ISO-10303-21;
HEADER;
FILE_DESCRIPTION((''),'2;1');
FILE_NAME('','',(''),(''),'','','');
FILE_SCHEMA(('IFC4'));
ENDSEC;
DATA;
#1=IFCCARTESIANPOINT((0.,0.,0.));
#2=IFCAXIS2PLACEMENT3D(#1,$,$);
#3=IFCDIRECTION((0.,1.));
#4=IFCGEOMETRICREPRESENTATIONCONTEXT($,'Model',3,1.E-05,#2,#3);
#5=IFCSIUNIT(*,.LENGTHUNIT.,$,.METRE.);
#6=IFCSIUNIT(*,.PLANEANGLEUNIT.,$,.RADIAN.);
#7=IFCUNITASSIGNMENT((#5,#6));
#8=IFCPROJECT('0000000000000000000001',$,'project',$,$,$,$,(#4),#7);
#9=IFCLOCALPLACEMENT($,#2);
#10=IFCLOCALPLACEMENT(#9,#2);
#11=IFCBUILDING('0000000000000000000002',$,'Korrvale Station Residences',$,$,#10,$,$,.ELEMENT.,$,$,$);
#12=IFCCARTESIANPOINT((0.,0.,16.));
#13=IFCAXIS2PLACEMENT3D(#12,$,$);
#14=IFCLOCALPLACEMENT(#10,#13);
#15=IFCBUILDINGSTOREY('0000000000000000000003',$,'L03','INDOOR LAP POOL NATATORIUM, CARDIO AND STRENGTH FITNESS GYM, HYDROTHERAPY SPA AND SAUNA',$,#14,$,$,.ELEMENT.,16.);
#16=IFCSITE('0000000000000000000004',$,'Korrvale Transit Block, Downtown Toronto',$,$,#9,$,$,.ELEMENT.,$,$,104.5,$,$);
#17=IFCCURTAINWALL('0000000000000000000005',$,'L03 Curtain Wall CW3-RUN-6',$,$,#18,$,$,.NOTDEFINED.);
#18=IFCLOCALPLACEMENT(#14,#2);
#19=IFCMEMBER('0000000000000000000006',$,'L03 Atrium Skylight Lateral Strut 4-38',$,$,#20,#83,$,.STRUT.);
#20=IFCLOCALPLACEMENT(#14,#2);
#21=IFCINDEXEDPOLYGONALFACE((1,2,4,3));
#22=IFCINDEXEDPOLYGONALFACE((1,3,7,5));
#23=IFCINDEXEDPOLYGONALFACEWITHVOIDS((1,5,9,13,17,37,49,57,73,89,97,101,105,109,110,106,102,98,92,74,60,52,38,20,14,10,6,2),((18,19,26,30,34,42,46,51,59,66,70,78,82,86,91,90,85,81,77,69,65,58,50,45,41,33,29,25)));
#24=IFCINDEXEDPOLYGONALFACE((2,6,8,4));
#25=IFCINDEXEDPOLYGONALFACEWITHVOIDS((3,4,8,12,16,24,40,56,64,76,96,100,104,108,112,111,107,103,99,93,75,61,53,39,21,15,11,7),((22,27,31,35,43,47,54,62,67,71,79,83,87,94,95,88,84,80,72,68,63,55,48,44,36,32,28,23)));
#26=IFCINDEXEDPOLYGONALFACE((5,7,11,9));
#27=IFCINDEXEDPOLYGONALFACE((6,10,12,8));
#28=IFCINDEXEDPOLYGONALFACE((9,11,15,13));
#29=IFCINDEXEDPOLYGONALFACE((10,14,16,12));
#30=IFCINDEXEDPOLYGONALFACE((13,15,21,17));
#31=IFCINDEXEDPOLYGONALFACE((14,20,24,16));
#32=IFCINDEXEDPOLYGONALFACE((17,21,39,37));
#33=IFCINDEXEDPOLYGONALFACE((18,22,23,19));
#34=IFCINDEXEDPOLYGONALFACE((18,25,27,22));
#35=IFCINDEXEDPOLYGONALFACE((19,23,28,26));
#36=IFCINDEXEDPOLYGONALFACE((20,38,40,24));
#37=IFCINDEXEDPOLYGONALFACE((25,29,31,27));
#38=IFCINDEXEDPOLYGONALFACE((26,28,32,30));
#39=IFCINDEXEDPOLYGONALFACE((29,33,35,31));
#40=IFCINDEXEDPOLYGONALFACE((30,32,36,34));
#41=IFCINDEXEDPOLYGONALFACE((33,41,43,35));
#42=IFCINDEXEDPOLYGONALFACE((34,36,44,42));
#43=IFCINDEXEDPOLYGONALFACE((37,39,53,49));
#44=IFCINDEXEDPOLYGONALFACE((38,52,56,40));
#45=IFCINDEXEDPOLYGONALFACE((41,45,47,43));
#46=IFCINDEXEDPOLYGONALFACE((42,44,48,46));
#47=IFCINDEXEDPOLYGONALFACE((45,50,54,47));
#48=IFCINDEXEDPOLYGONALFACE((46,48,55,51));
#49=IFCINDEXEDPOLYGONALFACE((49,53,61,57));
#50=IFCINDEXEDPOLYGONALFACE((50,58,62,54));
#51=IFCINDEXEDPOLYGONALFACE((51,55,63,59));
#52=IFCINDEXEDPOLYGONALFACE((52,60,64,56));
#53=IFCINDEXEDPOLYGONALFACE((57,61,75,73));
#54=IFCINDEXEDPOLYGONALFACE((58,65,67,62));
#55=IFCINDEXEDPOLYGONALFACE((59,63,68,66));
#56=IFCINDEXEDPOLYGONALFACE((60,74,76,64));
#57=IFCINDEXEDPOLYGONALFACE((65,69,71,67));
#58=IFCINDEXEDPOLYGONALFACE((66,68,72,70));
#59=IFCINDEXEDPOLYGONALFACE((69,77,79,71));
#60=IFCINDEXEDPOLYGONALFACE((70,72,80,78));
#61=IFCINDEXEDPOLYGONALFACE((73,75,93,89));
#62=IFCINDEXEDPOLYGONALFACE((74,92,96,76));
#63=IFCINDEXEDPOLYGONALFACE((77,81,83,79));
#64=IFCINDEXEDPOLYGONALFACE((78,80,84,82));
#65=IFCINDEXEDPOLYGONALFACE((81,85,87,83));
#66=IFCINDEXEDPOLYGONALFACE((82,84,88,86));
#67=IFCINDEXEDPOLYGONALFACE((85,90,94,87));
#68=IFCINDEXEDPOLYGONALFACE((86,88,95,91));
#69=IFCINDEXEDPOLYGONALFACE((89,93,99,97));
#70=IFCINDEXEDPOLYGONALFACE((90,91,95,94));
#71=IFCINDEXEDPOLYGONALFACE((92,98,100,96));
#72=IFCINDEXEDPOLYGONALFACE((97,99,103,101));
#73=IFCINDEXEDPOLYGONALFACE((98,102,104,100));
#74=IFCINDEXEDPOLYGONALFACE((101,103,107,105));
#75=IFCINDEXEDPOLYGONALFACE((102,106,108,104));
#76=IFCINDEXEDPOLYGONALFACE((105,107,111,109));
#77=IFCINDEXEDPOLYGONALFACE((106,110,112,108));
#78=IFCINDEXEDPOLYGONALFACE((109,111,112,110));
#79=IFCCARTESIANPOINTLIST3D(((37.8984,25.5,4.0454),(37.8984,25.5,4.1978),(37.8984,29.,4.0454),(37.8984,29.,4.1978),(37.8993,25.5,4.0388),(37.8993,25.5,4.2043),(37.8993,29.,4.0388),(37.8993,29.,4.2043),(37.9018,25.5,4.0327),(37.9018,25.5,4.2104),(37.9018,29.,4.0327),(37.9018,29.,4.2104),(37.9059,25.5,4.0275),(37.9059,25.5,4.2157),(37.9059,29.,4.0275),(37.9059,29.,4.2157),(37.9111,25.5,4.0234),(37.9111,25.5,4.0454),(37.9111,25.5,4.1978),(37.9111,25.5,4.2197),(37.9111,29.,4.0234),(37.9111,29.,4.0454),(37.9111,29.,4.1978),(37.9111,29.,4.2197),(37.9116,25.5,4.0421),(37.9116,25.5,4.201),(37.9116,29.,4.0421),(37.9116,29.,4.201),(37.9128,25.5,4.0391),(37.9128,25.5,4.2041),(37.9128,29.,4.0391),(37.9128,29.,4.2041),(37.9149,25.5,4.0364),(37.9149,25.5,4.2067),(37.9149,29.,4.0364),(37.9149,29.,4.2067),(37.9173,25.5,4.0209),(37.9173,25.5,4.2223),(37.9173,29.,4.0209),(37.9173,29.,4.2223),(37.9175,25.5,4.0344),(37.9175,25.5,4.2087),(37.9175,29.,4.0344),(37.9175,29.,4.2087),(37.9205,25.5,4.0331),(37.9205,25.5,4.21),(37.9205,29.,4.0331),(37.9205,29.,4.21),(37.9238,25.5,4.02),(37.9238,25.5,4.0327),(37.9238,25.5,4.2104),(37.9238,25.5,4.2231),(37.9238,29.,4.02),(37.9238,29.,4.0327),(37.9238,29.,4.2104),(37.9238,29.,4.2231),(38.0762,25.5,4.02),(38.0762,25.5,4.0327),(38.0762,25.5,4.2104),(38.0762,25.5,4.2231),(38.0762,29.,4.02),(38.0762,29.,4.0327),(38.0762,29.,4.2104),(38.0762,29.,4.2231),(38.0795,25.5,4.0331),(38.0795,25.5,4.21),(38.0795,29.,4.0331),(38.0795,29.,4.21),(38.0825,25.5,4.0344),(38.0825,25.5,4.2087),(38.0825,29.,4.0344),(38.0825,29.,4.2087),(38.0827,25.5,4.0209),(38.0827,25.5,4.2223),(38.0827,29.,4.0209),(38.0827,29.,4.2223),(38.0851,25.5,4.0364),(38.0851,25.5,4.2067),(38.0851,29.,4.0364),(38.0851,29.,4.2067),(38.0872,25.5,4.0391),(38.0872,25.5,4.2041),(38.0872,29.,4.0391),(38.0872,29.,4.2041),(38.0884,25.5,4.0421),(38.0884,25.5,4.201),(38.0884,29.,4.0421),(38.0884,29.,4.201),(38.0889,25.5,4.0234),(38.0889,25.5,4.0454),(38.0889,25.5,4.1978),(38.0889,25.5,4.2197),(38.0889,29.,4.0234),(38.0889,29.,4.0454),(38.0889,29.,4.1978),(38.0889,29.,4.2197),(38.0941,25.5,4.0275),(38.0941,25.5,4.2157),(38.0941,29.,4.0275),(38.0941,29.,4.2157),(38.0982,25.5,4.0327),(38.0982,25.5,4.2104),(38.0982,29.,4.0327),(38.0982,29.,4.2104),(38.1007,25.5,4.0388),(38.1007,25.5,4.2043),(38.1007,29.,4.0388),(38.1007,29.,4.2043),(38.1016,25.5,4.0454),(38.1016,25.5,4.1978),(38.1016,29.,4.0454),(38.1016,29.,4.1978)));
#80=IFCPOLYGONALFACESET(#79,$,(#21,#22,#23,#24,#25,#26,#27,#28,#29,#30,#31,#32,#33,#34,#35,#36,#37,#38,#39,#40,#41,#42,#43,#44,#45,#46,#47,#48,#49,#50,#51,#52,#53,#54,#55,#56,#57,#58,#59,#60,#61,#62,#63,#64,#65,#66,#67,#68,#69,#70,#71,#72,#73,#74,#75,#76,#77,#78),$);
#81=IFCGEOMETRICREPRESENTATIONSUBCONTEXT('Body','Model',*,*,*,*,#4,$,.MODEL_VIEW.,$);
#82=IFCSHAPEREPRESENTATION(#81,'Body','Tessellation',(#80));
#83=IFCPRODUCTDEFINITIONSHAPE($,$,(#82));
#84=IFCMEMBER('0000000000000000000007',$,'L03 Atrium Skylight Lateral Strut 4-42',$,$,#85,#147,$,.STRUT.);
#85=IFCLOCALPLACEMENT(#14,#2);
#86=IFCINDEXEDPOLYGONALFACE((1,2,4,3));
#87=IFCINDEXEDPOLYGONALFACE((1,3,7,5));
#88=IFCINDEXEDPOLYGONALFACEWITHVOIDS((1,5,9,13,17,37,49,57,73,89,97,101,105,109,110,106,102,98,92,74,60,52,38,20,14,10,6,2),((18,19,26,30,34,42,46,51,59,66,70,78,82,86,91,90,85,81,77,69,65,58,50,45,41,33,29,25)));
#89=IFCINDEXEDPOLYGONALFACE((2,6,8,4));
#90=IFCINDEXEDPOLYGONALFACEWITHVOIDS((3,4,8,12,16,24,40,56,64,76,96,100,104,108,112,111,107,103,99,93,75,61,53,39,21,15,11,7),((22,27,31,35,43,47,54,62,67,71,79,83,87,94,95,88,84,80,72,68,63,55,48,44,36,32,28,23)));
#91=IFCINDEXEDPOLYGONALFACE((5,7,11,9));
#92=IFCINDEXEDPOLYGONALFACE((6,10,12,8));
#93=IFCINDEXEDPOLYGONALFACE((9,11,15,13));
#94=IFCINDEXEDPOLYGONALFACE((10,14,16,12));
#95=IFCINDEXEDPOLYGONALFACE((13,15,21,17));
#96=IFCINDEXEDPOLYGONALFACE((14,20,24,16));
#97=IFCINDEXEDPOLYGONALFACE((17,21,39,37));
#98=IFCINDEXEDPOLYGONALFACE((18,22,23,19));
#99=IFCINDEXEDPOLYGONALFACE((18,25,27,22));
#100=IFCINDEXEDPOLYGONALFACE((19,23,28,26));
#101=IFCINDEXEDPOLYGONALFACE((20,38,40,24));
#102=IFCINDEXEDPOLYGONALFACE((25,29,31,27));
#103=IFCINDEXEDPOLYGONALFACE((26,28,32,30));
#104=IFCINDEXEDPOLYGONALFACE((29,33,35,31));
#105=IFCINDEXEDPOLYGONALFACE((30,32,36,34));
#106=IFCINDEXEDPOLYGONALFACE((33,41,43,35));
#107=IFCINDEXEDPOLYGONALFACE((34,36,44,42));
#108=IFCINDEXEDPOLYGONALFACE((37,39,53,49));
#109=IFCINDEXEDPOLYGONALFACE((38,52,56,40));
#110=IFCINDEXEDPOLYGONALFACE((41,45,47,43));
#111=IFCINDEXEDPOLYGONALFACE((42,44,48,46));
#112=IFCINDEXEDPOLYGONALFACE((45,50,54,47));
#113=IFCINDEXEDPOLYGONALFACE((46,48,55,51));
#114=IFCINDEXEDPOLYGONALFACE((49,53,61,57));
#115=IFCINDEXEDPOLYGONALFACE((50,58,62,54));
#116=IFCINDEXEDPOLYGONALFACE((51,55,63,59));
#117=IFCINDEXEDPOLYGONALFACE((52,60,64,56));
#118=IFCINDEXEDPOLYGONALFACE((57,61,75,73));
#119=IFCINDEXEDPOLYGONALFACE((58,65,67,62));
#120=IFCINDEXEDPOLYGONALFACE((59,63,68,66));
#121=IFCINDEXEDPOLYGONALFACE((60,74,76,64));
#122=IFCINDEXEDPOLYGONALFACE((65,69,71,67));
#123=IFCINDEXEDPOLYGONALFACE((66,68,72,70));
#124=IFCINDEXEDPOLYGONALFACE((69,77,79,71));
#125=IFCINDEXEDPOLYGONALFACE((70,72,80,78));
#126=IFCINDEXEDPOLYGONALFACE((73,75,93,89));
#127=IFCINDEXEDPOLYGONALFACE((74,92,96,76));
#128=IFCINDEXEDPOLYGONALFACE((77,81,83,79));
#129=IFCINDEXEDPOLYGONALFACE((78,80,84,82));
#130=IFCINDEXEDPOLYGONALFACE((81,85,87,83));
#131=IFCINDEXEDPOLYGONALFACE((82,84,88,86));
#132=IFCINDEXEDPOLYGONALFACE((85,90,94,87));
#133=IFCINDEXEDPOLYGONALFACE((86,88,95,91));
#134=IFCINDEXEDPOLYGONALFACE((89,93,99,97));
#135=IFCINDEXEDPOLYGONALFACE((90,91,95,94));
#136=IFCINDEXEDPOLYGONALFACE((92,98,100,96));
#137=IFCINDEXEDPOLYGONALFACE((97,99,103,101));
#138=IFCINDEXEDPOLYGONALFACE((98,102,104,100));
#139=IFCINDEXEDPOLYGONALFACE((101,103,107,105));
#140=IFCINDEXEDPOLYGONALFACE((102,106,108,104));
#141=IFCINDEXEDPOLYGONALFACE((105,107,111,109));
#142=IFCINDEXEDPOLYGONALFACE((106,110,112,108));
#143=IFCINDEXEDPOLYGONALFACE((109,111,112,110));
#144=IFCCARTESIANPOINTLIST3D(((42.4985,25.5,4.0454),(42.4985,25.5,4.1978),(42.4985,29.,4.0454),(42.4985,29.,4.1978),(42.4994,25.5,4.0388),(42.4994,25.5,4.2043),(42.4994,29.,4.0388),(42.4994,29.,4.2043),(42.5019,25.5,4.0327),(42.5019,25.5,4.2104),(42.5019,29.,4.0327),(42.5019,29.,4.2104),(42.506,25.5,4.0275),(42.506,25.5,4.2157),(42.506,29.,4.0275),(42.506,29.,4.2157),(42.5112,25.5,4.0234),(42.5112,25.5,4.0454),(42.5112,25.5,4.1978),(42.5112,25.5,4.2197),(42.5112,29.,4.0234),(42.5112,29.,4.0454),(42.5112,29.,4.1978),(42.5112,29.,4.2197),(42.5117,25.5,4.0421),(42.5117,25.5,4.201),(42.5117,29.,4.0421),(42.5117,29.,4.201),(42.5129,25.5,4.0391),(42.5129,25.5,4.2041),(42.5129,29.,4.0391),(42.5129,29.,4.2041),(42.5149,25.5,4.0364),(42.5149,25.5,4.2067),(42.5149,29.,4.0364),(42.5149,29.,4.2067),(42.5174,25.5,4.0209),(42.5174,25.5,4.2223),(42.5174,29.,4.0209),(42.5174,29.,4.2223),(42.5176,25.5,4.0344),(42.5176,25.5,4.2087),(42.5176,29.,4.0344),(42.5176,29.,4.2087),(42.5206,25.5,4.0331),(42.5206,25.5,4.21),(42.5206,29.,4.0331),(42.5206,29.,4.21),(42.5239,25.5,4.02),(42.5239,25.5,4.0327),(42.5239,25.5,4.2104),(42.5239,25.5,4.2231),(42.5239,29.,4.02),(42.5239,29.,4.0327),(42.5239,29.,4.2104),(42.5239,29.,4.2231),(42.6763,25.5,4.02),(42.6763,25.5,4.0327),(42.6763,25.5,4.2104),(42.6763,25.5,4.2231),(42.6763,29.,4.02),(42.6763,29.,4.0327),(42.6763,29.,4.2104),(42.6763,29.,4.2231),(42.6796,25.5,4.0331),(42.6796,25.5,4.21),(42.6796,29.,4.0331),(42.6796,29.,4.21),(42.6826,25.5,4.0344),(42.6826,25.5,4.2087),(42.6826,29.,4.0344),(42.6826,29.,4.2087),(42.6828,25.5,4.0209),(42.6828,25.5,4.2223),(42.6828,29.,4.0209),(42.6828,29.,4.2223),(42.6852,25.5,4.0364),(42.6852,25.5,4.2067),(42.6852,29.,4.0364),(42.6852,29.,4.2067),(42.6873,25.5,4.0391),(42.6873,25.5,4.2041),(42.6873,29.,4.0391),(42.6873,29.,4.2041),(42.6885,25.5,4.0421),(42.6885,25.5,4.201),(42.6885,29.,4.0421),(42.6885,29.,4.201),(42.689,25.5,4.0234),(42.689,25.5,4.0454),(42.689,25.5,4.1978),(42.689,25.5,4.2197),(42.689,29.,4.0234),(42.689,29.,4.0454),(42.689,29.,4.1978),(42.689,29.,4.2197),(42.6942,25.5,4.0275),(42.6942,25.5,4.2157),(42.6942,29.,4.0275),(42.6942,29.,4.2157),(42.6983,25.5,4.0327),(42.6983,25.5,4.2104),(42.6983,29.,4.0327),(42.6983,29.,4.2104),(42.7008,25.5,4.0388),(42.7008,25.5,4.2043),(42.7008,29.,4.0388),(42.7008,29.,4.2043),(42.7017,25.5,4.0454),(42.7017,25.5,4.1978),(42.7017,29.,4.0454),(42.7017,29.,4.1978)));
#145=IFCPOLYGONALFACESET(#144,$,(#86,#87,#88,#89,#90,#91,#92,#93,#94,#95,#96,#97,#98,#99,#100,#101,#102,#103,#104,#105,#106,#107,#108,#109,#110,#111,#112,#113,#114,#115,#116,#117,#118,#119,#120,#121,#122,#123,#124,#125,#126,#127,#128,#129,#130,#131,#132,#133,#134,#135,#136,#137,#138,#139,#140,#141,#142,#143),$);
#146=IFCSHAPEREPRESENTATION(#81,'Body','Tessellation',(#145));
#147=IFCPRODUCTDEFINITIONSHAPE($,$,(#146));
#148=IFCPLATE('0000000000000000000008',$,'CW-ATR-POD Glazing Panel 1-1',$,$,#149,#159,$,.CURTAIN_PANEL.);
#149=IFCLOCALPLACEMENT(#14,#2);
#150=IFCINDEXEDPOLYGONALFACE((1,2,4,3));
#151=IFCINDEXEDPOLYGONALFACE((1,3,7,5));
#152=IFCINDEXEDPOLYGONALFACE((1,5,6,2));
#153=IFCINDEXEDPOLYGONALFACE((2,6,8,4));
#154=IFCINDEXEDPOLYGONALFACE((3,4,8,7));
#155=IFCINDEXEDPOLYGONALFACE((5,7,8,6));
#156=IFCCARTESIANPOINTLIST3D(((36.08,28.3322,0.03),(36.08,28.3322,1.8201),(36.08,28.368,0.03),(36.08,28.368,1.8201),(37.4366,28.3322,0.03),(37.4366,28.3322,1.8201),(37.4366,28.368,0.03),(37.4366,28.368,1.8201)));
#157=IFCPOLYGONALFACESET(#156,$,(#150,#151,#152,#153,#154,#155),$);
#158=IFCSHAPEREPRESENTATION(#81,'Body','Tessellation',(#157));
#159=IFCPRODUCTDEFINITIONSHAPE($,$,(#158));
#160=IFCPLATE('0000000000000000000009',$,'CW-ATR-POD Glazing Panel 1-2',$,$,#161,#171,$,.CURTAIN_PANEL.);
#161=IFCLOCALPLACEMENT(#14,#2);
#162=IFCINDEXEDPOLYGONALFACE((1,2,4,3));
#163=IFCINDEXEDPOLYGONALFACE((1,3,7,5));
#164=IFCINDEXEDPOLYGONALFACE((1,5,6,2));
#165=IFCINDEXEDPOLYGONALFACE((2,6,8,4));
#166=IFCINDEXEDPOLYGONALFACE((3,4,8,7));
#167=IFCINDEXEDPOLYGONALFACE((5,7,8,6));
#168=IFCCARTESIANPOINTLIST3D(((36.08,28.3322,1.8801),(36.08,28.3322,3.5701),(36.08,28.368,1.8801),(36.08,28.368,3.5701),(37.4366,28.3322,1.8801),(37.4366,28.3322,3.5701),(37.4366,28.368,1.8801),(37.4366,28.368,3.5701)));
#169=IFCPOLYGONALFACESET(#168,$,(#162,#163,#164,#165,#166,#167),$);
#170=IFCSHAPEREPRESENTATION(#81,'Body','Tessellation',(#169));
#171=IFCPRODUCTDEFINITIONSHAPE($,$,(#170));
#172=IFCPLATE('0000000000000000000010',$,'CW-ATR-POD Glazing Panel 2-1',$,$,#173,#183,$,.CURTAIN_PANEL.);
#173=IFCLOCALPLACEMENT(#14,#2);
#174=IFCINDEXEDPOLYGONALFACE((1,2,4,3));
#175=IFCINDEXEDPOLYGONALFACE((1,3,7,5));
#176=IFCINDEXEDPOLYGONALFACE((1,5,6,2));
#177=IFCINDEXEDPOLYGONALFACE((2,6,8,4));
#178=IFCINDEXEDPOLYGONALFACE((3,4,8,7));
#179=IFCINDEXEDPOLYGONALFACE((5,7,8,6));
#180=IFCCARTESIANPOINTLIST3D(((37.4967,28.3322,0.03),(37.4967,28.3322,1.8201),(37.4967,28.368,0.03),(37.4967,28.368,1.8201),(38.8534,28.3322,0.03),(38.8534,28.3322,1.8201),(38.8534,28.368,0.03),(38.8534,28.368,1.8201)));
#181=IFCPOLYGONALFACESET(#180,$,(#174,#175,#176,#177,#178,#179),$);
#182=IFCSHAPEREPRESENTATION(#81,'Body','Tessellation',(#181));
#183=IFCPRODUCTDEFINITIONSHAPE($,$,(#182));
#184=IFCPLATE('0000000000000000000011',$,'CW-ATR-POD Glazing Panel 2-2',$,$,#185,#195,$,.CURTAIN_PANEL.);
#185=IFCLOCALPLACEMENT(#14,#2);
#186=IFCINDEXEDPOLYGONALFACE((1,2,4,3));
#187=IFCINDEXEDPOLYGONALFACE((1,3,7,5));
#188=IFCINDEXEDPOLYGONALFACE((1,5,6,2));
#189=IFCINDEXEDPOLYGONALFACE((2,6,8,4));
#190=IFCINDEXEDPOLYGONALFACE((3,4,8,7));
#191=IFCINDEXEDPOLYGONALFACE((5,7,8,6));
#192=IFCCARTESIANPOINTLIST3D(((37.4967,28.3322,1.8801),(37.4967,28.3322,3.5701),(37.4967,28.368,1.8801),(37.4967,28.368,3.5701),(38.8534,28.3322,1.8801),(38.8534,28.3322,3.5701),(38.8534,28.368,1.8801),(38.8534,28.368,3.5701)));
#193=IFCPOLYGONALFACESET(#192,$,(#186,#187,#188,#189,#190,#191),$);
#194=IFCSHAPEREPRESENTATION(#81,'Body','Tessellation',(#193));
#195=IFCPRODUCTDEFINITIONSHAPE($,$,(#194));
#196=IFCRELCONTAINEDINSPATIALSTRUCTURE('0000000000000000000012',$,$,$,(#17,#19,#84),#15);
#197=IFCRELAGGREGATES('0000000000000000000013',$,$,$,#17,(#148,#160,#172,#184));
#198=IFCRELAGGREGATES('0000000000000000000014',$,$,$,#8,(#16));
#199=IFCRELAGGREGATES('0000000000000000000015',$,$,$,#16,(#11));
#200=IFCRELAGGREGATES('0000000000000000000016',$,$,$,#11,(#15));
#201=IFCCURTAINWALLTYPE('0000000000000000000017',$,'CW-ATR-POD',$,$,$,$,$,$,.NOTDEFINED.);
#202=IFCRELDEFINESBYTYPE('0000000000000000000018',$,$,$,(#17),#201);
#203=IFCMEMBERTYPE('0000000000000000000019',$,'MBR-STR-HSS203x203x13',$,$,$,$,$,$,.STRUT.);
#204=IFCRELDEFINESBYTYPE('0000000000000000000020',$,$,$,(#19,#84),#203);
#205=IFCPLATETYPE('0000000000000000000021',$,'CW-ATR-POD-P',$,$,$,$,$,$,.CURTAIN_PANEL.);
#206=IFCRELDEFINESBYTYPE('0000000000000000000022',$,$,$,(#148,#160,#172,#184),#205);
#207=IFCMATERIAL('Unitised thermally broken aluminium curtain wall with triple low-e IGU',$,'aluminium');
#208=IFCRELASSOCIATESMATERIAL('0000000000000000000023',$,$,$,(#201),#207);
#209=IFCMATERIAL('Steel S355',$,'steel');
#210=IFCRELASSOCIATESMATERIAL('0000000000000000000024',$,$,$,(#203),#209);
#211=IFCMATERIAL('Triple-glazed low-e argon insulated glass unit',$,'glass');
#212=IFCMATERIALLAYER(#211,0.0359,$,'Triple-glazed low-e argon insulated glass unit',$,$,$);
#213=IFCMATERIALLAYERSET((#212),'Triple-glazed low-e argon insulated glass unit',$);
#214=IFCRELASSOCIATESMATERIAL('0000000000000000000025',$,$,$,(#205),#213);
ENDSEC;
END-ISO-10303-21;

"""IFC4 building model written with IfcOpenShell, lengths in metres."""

from ifc_helpers import new_model, si_unit, direction, frame, origin, origin_2d, place, context, subcontext, project, spatial, rectangle, hollow_rectangle, extrude, material, layer, layer_set, material_profile, profile_set, type_object, element, aggregate, save


model = new_model("IFC4")

# Units and contexts
model_context = context("Model", 3, precision=1e-05, world=origin(), true_north=direction((0.0, 1.0)))
body_context = subcontext(model_context, "Body", "Model", "MODEL_VIEW")
ifc_project = project(units=[si_unit("LENGTHUNIT", "METRE"), si_unit("PLANEANGLEUNIT", "RADIAN")], contexts=[model_context])

# Site, building, storey
site_placement = place(None, origin())
site = spatial("IfcSite", under=ifc_project, at=site_placement, Name="Korrvale Transit Block, Downtown Toronto", CompositionType="ELEMENT", RefElevation=104.5)
building_placement = place(site_placement, origin())
building = spatial("IfcBuilding", under=site, at=building_placement, Name="Korrvale Station Residences", CompositionType="ELEMENT")
storey_placement = place(building_placement, frame((0.0, 0.0, 16.0)))
storey = spatial("IfcBuildingStorey", under=building, at=storey_placement, Name="L03", Description="INDOOR LAP POOL NATATORIUM, CARDIO AND STRENGTH FITNESS GYM, HYDROTHERAPY SPA AND SAUNA", CompositionType="ELEMENT", Elevation=16.0)

# Shared definitions
ifc_material_1 = material(Name="Steel S355", Category="steel")

# Curtain wall
ifc_material_2 = material(Name="Unitised thermally broken aluminium curtain wall with triple low-e IGU", Category="aluminium")
curtain_wall_type = type_object("IfcCurtainWallType", Name="CW-ATR-POD", PredefinedType="NOTDEFINED", material=ifc_material_2)
curtain_wall_placement = place(storey_placement, origin())
curtain_wall = element("IfcCurtainWall", 1, at=curtain_wall_placement, inside=storey, type_object=curtain_wall_type, Name="L03 Curtain Wall CW3-RUN-6", PredefinedType="NOTDEFINED")

# Members
ifc_material_profile_1 = material_profile(ifc_material_1, hollow_rectangle(XDim=0.2031, YDim=0.2031, WallThickness=0.0127, InnerFilletRadius=0.0127, OuterFilletRadius=0.0254, at=origin_2d()), Name="HSS203x203x13")
ifc_profile_set_1 = profile_set([ifc_material_profile_1], Name="Steel S355")
member_type_1 = type_object("IfcMemberType", Name="MBR-STR-HSS203x203x13", PredefinedType="STRUT", material=ifc_profile_set_1)
for number, where, z_axis, x_axis, name in (
    (2, (38.0, 25.5, 4.1216), (0.0, 1.0, 0.0), (-1.0, 0.0, 0.0), "L03 Atrium Skylight Lateral Strut 4-38"),
    (3, (42.6001, 25.5, 4.1216), (0.0, 1.0, 0.0), (-1.0, 0.0, 0.0), "L03 Atrium Skylight Lateral Strut 4-42"),
):
    element("IfcMember", number, at=place(storey_placement, frame(where, z_axis=z_axis, x_axis=x_axis)), inside=storey, type_object=member_type_1, Name=name, PredefinedType="STRUT", context=body_context, shape_type="SweptSolid", body=[
        extrude(hollow_rectangle(XDim=0.2031, YDim=0.2031, WallThickness=0.0127, InnerFilletRadius=0.0127, OuterFilletRadius=0.0254, at=origin_2d()), origin(), (0.0, 0.0, 1.0), 3.5),
    ])

# Plates
ifc_material_3 = material(Name="Triple-glazed low-e argon insulated glass unit", Category="glass")
ifc_layer_1 = layer(ifc_material_3, 0.0359, Name="Triple-glazed low-e argon insulated glass unit")
ifc_layer_set_1 = layer_set([ifc_layer_1], Name="Triple-glazed low-e argon insulated glass unit")
plate_type = type_object("IfcPlateType", Name="CW-ATR-POD-P", PredefinedType="CURTAIN_PANEL", material=ifc_layer_set_1)
plate_1_placement = place(storey_placement, frame((36.7583, 28.3501, 0.03), z_axis=(0.0, 0.0, 1.0), x_axis=(1.0, 0.0, 0.0)))
plate_1 = element("IfcPlate", 4, at=plate_1_placement, type_object=plate_type, Name="CW-ATR-POD Glazing Panel 1-1", PredefinedType="CURTAIN_PANEL", context=body_context, shape_type="SweptSolid", body=[
    extrude(rectangle(XDim=1.3567, YDim=0.0359, at=origin_2d()), origin(), (0.0, 0.0, 1.0), 1.79),
])
plate_2_placement = place(storey_placement, frame((36.7583, 28.3501, 1.8801), z_axis=(0.0, 0.0, 1.0), x_axis=(1.0, 0.0, 0.0)))
plate_2 = element("IfcPlate", 5, at=plate_2_placement, type_object=plate_type, Name="CW-ATR-POD Glazing Panel 1-2", PredefinedType="CURTAIN_PANEL", context=body_context, shape_type="SweptSolid", body=[
    extrude(rectangle(XDim=1.3567, YDim=0.0359, at=origin_2d()), origin(), (0.0, 0.0, 1.0), 1.6899),
])
plate_3_placement = place(storey_placement, frame((38.175, 28.3501, 0.03), z_axis=(0.0, 0.0, 1.0), x_axis=(1.0, 0.0, 0.0)))
plate_3 = element("IfcPlate", 6, at=plate_3_placement, type_object=plate_type, Name="CW-ATR-POD Glazing Panel 2-1", PredefinedType="CURTAIN_PANEL", context=body_context, shape_type="SweptSolid", body=[
    extrude(rectangle(XDim=1.3567, YDim=0.0359, at=origin_2d()), origin(), (0.0, 0.0, 1.0), 1.79),
])
plate_4_placement = place(storey_placement, frame((38.175, 28.3501, 1.8801), z_axis=(0.0, 0.0, 1.0), x_axis=(1.0, 0.0, 0.0)))
plate_4 = element("IfcPlate", 7, at=plate_4_placement, type_object=plate_type, Name="CW-ATR-POD Glazing Panel 2-2", PredefinedType="CURTAIN_PANEL", context=body_context, shape_type="SweptSolid", body=[
    extrude(rectangle(XDim=1.3567, YDim=0.0359, at=origin_2d()), origin(), (0.0, 0.0, 1.0), 1.6899),
])
aggregate(curtain_wall, [plate_1, plate_2, plate_3, plate_4])

save(model, "model.ifc")
